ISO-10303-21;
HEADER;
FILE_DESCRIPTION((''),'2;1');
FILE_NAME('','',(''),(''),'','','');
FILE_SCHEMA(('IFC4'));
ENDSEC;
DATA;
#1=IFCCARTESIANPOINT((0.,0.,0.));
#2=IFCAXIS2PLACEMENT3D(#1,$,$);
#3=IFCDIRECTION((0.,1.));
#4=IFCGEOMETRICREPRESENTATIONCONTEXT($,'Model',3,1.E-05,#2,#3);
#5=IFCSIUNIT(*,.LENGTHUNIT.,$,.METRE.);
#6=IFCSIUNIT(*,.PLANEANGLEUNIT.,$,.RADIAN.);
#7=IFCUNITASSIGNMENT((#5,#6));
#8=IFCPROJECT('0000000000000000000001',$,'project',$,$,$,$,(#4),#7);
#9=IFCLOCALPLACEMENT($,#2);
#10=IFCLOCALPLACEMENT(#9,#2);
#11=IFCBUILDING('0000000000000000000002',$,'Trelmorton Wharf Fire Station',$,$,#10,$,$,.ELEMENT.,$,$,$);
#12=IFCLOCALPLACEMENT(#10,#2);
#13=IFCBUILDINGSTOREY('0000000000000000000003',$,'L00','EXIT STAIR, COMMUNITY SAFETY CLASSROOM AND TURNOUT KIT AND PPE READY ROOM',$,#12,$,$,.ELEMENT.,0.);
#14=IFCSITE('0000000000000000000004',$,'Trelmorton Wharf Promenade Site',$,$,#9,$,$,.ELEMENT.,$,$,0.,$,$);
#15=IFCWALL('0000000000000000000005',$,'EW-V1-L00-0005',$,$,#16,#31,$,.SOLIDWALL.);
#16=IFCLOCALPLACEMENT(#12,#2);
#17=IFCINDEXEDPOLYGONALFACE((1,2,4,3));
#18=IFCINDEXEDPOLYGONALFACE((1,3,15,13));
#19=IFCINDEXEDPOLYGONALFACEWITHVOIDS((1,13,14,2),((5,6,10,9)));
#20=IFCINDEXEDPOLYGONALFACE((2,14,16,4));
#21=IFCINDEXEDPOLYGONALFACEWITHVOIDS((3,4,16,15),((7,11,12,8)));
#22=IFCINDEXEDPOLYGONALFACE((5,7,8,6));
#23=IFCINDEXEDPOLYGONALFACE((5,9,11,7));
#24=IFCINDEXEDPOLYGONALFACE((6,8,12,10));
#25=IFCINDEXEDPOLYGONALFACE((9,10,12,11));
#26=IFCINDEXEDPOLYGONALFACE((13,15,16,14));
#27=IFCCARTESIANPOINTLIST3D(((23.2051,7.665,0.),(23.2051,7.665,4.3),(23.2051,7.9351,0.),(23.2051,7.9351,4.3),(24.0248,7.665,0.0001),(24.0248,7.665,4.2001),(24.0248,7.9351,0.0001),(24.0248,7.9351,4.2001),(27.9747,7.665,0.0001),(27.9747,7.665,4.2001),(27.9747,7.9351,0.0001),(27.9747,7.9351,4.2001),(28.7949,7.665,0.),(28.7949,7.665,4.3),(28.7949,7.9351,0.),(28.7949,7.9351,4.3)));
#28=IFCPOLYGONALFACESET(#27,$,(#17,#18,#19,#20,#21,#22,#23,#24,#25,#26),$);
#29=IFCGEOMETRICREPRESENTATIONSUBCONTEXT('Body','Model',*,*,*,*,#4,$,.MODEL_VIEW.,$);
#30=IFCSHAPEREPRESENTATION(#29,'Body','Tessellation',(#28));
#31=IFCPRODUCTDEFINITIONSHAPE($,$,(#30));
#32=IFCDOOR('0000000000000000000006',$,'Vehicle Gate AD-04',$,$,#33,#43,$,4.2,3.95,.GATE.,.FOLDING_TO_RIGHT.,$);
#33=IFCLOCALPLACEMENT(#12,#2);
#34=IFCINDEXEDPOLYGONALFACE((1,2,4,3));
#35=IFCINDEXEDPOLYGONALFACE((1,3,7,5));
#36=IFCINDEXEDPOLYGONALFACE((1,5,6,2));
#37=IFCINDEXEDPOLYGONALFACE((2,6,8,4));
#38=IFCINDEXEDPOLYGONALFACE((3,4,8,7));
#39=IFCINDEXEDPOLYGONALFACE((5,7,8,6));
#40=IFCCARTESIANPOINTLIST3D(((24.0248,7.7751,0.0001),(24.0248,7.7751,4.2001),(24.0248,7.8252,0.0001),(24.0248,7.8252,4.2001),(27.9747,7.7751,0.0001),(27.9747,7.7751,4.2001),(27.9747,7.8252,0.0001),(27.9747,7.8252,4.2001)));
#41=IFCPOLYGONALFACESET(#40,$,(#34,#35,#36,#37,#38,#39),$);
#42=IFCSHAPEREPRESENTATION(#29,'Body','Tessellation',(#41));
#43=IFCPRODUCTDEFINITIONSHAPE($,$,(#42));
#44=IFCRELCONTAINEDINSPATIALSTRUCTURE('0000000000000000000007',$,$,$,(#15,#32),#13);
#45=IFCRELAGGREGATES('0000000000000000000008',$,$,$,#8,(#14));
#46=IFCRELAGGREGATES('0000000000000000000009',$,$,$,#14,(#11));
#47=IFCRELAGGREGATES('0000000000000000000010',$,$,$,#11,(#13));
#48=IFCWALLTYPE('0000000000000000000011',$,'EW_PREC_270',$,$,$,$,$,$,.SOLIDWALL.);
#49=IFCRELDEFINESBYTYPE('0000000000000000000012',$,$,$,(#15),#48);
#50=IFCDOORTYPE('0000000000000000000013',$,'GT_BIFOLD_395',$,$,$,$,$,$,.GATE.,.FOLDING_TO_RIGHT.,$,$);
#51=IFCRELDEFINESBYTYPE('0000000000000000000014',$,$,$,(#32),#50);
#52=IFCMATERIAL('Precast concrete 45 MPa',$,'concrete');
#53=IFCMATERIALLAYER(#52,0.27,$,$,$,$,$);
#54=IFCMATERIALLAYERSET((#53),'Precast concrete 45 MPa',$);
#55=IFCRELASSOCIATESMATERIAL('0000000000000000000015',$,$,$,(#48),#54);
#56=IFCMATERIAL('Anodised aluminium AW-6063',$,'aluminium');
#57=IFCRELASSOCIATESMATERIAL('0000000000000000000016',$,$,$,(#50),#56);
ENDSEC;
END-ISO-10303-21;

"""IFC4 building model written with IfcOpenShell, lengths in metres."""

from ifc_helpers import new_model, si_unit, direction, frame, frame_2d, origin, place, context, subcontext, project, spatial, rectangle, extrude, material, layer, layer_set, type_object, element, fill, save


model = new_model("IFC4")

# Units and contexts
model_context = context("Model", 3, precision=1e-05, world=origin(), true_north=direction((0.0, 1.0)))
body_context = subcontext(model_context, "Body", "Model", "MODEL_VIEW")
ifc_project = project(units=[si_unit("LENGTHUNIT", "METRE"), si_unit("PLANEANGLEUNIT", "RADIAN")], contexts=[model_context])

# Site, building, storey
site_placement = place(None, origin())
site = spatial("IfcSite", under=ifc_project, at=site_placement, Name="Trelmorton Wharf Promenade Site", CompositionType="ELEMENT", RefElevation=0.0)
building_placement = place(site_placement, origin())
building = spatial("IfcBuilding", under=site, at=building_placement, Name="Trelmorton Wharf Fire Station", CompositionType="ELEMENT")
storey_placement = place(building_placement, origin())
storey = spatial("IfcBuildingStorey", under=building, at=storey_placement, Name="L00", Description="EXIT STAIR, COMMUNITY SAFETY CLASSROOM AND TURNOUT KIT AND PPE READY ROOM", CompositionType="ELEMENT", Elevation=0.0)

# Wall, opening, door
ifc_material_1 = material(Name="Precast concrete 45 MPa", Category="concrete")
ifc_layer_1 = layer(ifc_material_1, 0.27)
ifc_layer_set_1 = layer_set([ifc_layer_1], Name="Precast concrete 45 MPa")
wall_type = type_object("IfcWallType", Name="EW_PREC_270", PredefinedType="SOLIDWALL", material=ifc_layer_set_1)
ifc_material_2 = material(Name="Anodised aluminium AW-6063", Category="aluminium")
wall_1_placement = place(storey_placement, frame((28.7949, 7.8, 0.0), z_axis=(0.0, 0.0, 1.0), x_axis=(-1.0, 0.0, 0.0)))
wall_1 = element("IfcWall", 1, at=wall_1_placement, inside=storey, type_object=wall_type, Name="EW-V1-L00-0005", PredefinedType="SOLIDWALL", context=body_context, shape_type="SweptSolid", body=[
    extrude(rectangle(XDim=5.5898, YDim=0.27, at=frame_2d((2.7949, 0.0))), origin(), (0.0, 0.0, 1.0), 4.3),
])
opening_1_placement = place(wall_1_placement, frame((0.8201, 0.0, 0.0)))
opening_1 = element("IfcOpeningElement", 2, at=opening_1_placement, cuts=wall_1, PredefinedType="OPENING", context=body_context, shape_type="SweptSolid", body=[
    extrude(rectangle(XDim=3.95, YDim=4.2, at=frame_2d((1.9751, 2.1001))), frame((0.0, 0.145, 0.0), z_axis=(0.0, -1.0, 0.0), x_axis=(1.0, 0.0, 0.0)), (0.0, 0.0, 1.0), 0.29),
])
door_type_1 = type_object("IfcDoorType", Name="GT_BIFOLD_395", OperationType="FOLDING_TO_RIGHT", PredefinedType="GATE", material=ifc_material_2)
door_1_placement = place(opening_1_placement, origin())
door_1 = element("IfcDoor", 3, at=door_1_placement, inside=storey, type_object=door_type_1, Name="Vehicle Gate AD-04", OperationType="FOLDING_TO_RIGHT", OverallHeight=4.2, OverallWidth=3.95, PredefinedType="GATE", context=body_context, shape_type="SweptSolid", body=[
    extrude(rectangle(XDim=3.95, YDim=4.2, at=frame_2d((1.9751, 2.1001))), frame((0.0, 0.0249, 0.0), z_axis=(0.0, -1.0, 0.0), x_axis=(1.0, 0.0, 0.0)), (0.0, 0.0, 1.0), 0.05),
])
fill(opening_1, door_1)

save(model, "model.ifc")
